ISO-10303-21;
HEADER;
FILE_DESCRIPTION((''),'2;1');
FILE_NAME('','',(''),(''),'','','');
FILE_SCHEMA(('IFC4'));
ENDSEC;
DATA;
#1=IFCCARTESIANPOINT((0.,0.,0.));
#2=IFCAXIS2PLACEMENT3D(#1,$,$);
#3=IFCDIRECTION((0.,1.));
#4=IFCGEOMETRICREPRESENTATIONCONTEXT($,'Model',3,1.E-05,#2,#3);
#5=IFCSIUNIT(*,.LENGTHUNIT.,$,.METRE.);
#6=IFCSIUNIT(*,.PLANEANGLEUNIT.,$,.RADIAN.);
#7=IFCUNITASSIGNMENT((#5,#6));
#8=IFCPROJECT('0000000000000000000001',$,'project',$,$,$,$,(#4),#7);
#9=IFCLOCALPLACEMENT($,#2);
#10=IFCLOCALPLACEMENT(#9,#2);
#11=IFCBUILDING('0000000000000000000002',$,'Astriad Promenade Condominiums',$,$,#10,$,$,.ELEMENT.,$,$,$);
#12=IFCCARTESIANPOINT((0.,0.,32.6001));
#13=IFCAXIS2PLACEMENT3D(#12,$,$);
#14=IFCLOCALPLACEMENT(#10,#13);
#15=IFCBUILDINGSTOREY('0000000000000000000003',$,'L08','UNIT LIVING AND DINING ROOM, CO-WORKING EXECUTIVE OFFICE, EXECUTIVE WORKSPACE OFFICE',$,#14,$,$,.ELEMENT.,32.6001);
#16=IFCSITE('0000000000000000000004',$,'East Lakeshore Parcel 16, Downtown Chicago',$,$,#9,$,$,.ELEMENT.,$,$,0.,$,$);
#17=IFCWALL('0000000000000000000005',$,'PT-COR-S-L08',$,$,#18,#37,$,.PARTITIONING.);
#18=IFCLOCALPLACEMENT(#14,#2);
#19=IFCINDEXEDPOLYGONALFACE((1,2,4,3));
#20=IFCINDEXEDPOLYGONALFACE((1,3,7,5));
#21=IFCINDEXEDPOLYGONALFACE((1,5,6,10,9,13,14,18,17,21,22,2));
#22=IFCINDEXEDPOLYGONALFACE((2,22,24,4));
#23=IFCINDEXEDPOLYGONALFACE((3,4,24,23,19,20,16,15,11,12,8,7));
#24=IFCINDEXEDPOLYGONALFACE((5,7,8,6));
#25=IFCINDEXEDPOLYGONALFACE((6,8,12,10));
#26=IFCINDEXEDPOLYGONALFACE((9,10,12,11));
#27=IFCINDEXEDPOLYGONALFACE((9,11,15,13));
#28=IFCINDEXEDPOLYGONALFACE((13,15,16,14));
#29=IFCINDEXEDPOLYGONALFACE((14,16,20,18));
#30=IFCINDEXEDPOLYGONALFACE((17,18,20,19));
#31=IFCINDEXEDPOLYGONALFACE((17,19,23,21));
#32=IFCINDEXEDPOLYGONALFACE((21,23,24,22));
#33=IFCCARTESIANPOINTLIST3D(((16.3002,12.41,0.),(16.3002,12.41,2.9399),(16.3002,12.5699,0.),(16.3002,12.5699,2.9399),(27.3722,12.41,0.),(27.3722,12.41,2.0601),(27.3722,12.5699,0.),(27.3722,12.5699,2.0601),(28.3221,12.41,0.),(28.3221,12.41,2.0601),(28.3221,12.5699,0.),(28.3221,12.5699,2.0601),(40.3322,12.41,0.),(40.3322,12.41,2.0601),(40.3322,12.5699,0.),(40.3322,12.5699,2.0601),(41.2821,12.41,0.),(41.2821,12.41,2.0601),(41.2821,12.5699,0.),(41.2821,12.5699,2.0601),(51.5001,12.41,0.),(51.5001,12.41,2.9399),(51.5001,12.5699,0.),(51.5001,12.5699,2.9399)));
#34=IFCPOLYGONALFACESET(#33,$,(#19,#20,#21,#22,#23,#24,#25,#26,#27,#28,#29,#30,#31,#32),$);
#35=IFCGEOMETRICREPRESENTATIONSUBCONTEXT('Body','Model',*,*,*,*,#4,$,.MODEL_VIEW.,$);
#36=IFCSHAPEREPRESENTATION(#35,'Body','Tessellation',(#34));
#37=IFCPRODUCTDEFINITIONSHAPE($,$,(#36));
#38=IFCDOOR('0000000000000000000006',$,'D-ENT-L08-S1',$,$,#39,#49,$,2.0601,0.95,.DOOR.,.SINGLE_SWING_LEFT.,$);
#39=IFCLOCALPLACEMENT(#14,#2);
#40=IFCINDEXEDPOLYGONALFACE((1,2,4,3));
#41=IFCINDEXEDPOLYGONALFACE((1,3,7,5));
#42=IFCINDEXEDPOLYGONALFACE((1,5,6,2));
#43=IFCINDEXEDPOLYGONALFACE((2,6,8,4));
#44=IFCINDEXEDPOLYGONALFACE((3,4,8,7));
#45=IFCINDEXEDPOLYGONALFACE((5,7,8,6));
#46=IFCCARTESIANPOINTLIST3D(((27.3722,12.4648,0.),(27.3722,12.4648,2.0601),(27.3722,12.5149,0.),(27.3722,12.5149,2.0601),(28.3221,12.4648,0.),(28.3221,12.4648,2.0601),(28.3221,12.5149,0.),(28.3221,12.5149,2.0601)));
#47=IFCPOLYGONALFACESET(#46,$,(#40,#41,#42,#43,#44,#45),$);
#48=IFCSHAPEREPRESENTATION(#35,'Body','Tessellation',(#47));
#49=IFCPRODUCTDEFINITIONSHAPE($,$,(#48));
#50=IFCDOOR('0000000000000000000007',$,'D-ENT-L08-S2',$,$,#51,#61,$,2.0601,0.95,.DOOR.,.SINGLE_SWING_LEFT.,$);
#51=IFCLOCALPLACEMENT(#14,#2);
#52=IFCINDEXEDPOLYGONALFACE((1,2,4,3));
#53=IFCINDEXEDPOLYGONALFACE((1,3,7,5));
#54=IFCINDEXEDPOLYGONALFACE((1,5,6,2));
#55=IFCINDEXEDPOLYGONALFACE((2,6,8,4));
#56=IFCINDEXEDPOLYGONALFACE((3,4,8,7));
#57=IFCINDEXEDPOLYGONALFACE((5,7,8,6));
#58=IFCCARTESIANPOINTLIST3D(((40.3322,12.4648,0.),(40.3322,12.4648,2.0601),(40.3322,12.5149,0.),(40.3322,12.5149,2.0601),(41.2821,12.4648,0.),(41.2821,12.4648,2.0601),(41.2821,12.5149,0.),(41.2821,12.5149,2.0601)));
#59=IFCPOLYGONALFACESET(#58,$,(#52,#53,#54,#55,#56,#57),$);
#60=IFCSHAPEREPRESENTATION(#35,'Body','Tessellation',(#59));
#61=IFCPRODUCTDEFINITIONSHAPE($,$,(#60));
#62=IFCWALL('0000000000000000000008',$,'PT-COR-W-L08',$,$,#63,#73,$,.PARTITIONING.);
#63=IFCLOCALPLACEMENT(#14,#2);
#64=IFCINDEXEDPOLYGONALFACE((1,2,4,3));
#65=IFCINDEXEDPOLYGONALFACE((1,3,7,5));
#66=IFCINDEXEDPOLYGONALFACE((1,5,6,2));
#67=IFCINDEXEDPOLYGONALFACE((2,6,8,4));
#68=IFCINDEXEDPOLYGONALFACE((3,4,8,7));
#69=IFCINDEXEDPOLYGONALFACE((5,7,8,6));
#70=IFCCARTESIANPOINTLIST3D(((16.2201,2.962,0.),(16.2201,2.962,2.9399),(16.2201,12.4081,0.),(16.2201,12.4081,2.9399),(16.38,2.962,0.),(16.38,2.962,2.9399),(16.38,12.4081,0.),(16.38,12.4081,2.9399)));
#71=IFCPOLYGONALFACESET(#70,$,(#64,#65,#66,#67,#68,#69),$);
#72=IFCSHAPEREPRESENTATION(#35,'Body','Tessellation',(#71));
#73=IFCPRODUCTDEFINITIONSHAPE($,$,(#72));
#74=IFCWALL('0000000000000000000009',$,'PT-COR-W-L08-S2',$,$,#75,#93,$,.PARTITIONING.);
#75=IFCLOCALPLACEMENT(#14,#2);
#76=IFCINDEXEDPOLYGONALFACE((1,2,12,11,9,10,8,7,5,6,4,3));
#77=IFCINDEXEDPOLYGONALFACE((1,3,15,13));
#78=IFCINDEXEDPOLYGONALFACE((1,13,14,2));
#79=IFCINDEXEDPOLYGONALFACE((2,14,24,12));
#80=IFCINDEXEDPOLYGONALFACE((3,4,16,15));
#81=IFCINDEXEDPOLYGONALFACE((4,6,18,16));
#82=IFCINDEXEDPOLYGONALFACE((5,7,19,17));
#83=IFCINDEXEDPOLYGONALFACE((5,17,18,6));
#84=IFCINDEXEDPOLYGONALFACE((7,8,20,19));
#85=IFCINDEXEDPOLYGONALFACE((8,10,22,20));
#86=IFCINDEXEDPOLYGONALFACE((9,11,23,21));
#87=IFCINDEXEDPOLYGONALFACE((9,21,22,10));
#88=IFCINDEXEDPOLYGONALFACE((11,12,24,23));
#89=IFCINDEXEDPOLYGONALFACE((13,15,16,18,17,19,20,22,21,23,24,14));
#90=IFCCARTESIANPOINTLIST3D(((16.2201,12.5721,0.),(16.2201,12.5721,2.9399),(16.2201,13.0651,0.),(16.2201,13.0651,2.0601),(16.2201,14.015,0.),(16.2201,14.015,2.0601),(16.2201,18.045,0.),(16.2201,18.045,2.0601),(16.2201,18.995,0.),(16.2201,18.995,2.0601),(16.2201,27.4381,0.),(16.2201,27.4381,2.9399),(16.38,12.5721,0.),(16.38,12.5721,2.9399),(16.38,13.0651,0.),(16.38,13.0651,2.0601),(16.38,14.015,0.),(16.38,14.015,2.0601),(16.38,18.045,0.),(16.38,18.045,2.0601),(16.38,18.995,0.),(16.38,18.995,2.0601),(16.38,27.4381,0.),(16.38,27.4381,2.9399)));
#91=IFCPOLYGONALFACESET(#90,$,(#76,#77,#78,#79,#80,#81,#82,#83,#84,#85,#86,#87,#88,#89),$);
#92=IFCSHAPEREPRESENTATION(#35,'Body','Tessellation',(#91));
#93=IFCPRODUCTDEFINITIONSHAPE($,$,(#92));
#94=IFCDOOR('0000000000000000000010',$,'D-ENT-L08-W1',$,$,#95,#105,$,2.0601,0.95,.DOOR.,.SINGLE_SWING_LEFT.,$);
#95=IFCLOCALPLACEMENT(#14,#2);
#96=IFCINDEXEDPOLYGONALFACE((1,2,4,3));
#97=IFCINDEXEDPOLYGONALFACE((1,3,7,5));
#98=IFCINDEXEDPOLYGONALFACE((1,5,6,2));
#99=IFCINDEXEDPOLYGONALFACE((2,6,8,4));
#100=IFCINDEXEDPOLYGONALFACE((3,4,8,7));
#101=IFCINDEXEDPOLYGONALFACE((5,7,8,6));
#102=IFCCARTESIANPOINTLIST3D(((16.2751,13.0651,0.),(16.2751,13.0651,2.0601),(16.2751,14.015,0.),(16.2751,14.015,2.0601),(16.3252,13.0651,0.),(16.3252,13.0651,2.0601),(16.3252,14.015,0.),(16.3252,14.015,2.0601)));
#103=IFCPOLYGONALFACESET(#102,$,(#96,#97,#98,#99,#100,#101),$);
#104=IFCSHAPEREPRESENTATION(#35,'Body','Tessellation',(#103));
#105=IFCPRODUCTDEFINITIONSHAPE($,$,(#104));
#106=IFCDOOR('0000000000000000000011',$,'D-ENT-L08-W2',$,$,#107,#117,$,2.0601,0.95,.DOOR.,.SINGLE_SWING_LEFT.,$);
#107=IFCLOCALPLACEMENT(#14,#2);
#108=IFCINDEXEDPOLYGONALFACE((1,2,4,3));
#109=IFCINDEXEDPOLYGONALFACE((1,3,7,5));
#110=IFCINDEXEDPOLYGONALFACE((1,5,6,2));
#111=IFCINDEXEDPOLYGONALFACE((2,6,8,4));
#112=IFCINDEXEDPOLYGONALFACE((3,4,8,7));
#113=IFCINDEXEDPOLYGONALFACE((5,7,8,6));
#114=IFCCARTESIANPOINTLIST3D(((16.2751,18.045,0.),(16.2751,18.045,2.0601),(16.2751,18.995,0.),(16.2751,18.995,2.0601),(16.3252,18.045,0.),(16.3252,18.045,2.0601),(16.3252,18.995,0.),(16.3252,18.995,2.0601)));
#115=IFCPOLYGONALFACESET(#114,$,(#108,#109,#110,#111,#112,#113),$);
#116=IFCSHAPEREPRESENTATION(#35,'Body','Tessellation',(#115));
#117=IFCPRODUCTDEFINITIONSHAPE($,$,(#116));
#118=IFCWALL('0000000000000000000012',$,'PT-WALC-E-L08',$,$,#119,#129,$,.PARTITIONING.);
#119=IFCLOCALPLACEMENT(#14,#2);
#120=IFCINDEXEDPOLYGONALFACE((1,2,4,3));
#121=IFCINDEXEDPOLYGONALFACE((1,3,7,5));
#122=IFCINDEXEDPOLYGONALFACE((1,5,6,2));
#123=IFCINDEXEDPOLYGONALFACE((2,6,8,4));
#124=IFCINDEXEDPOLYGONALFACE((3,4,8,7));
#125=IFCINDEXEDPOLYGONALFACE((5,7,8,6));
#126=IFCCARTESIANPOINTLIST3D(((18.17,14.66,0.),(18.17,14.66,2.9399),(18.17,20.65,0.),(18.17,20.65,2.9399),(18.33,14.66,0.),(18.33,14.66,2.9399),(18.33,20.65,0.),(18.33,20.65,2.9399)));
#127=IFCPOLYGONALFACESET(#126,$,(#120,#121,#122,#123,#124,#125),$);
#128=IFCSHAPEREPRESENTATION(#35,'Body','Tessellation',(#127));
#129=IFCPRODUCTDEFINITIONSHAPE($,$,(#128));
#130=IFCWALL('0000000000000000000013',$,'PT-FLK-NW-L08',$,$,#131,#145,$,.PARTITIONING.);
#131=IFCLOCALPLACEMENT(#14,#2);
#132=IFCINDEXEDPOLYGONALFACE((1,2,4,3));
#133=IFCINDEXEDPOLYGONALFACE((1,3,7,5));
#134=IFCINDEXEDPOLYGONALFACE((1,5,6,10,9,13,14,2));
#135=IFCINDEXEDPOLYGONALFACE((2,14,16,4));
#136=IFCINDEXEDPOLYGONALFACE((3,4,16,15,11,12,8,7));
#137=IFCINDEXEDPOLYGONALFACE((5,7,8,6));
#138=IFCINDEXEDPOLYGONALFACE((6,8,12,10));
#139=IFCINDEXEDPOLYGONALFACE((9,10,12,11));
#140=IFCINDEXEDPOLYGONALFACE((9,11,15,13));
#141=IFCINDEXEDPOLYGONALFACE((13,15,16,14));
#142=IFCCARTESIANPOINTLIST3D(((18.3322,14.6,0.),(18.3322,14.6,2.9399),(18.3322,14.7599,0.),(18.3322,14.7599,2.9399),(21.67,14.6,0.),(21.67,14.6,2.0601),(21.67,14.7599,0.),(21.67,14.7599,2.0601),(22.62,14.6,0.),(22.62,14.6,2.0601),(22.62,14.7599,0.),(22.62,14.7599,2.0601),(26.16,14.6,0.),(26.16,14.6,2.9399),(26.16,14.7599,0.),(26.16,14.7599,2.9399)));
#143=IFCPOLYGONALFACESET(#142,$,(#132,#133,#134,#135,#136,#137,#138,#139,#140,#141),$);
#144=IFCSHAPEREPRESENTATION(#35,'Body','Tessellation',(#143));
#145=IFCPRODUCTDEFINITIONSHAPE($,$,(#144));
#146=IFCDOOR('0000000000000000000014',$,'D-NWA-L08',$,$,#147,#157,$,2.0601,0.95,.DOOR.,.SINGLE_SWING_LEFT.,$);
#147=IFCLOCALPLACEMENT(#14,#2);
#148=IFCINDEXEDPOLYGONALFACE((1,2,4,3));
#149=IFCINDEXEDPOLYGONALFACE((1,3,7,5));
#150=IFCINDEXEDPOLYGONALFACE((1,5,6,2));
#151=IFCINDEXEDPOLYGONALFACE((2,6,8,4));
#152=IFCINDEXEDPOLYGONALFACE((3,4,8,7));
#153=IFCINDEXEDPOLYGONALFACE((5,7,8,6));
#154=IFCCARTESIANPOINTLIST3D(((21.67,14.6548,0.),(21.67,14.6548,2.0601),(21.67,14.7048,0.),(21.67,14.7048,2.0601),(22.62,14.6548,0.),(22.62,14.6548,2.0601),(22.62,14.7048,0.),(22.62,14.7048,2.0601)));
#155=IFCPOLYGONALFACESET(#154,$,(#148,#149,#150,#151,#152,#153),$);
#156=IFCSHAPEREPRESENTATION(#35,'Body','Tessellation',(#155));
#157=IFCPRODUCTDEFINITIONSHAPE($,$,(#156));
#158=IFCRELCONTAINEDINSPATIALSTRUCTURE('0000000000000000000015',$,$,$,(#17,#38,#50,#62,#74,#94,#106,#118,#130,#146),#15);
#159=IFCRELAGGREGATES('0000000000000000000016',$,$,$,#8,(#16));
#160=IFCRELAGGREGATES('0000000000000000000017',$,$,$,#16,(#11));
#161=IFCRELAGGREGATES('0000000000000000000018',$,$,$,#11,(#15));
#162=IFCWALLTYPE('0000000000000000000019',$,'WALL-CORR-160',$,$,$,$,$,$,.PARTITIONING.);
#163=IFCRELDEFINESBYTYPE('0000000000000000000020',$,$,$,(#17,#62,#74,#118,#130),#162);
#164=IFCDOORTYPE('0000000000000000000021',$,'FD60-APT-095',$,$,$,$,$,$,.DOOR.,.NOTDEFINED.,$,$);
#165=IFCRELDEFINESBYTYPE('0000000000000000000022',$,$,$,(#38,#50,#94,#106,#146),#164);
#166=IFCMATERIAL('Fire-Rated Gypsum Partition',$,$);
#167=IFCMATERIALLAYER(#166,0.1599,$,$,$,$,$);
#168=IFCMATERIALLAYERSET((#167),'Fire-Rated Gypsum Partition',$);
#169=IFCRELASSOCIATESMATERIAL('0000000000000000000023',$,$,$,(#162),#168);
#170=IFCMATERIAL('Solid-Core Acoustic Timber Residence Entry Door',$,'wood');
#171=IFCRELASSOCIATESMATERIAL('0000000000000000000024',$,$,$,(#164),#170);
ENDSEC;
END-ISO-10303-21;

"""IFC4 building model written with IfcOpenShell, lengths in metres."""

from ifc_helpers import new_model, si_unit, direction, frame, frame_2d, origin, place, context, subcontext, project, spatial, rectangle, extrude, source, transform, mapped, material, layer, layer_set, type_object, type_shapes, element, fill, save


model = new_model("IFC4")

# Units and contexts
model_context = context("Model", 3, precision=1e-05, world=origin(), true_north=direction((0.0, 1.0)))
body_context = subcontext(model_context, "Body", "Model", "MODEL_VIEW")
ifc_project = project(units=[si_unit("LENGTHUNIT", "METRE"), si_unit("PLANEANGLEUNIT", "RADIAN")], contexts=[model_context])

# Site, building, storey
site_placement = place(None, origin())
site = spatial("IfcSite", under=ifc_project, at=site_placement, Name="East Lakeshore Parcel 16, Downtown Chicago", CompositionType="ELEMENT", RefElevation=0.0)
building_placement = place(site_placement, origin())
building = spatial("IfcBuilding", under=site, at=building_placement, Name="Astriad Promenade Condominiums", CompositionType="ELEMENT")
storey_placement = place(building_placement, frame((0.0, 0.0, 32.6001)))
storey = spatial("IfcBuildingStorey", under=building, at=storey_placement, Name="L08", Description="UNIT LIVING AND DINING ROOM, CO-WORKING EXECUTIVE OFFICE, EXECUTIVE WORKSPACE OFFICE", CompositionType="ELEMENT", Elevation=32.6001)

# Wall, openings, doors
ifc_material_1 = material(Name="Fire-Rated Gypsum Partition")
ifc_layer_1 = layer(ifc_material_1, 0.1599)
ifc_layer_set_1 = layer_set([ifc_layer_1], Name="Fire-Rated Gypsum Partition")
wall_type_1 = type_object("IfcWallType", Name="WALL-CORR-160", PredefinedType="PARTITIONING", material=ifc_layer_set_1)
wall_1_placement = place(storey_placement, frame((16.3, 12.49, 0.0), z_axis=(0.0, 0.0, 1.0), x_axis=(1.0, 0.0, 0.0)))
wall_1 = element("IfcWall", 1, at=wall_1_placement, inside=storey, type_object=wall_type_1, Name="PT-COR-S-L08", PredefinedType="PARTITIONING", context=body_context, shape_type="SweptSolid", body=[
    extrude(rectangle(XDim=35.2, YDim=0.1599, at=frame_2d((17.6001, 0.0))), origin(), (0.0, 0.0, 1.0), 2.9399),
])
opening_1_placement = place(wall_1_placement, frame((11.072, 0.0, 0.0)))
opening_1 = element("IfcOpeningElement", 2, at=opening_1_placement, cuts=wall_1, PredefinedType="OPENING", context=body_context, shape_type="SweptSolid", body=[
    extrude(rectangle(XDim=0.95, YDim=2.0601, at=frame_2d((0.4751, 1.03))), frame((0.0, 0.0898, 0.0), z_axis=(0.0, -1.0, 0.0), x_axis=(1.0, 0.0, 0.0)), (0.0, 0.0, 1.0), 0.1799),
])
opening_2_placement = place(wall_1_placement, frame((24.032, 0.0, 0.0)))
opening_2 = element("IfcOpeningElement", 3, at=opening_2_placement, cuts=wall_1, PredefinedType="OPENING", context=body_context, shape_type="SweptSolid", body=[
    extrude(rectangle(XDim=0.95, YDim=2.0601, at=frame_2d((0.4751, 1.03))), frame((0.0, 0.0898, 0.0), z_axis=(0.0, -1.0, 0.0), x_axis=(1.0, 0.0, 0.0)), (0.0, 0.0, 1.0), 0.1799),
])
ifc_material_2 = material(Name="Solid-Core Acoustic Timber Residence Entry Door", Category="wood")
door_type_1 = type_object("IfcDoorType", Name="FD60-APT-095", OperationType="NOTDEFINED", PredefinedType="DOOR", material=ifc_material_2)
shared_shape_1 = source(origin(), body_context, "Body", "SweptSolid", [
    extrude(rectangle(XDim=0.95, YDim=2.0601, at=frame_2d((0.4751, 1.03))), frame((0.0, 0.0249, 0.0), z_axis=(0.0, -1.0, 0.0), x_axis=(1.0, 0.0, 0.0)), (0.0, 0.0, 1.0), 0.05),
])
type_shapes(door_type_1, [shared_shape_1])
door_1_placement = place(opening_1_placement, origin())
door_1 = element("IfcDoor", 4, at=door_1_placement, inside=storey, type_object=door_type_1, Name="D-ENT-L08-S1", OperationType="SINGLE_SWING_LEFT", OverallHeight=2.0601, OverallWidth=0.95, PredefinedType="DOOR", context=body_context, shape_type="MappedRepresentation", body=[
    mapped(shared_shape_1, transform((0.0, 0.0, 0.0), scale=1.0)),
])
fill(opening_1, door_1)
door_2_placement = place(opening_2_placement, origin())
door_2 = element("IfcDoor", 5, at=door_2_placement, inside=storey, type_object=door_type_1, Name="D-ENT-L08-S2", OperationType="SINGLE_SWING_LEFT", OverallHeight=2.0601, OverallWidth=0.95, PredefinedType="DOOR", context=body_context, shape_type="MappedRepresentation", body=[
    mapped(shared_shape_1, transform((0.0, 0.0, 0.0), scale=1.0)),
])
fill(opening_2, door_2)

# Wall
wall_2_placement = place(storey_placement, frame((16.3, 2.9619, 0.0), z_axis=(0.0, 0.0, 1.0), x_axis=(0.0, 1.0, 0.0)))
element("IfcWall", 6, at=wall_2_placement, inside=storey, type_object=wall_type_1, Name="PT-COR-W-L08", PredefinedType="PARTITIONING", context=body_context, shape_type="SweptSolid", body=[
    extrude(rectangle(XDim=9.446, YDim=0.1599, at=frame_2d((4.7231, 0.0))), origin(), (0.0, 0.0, 1.0), 2.9399),
])

# Wall, openings, doors
wall_3_placement = place(storey_placement, frame((16.3, 12.572, 0.0), z_axis=(0.0, 0.0, 1.0), x_axis=(0.0, 1.0, 0.0)))
wall_3 = element("IfcWall", 7, at=wall_3_placement, inside=storey, type_object=wall_type_1, Name="PT-COR-W-L08-S2", PredefinedType="PARTITIONING", context=body_context, shape_type="SweptSolid", body=[
    extrude(rectangle(XDim=14.866, YDim=0.1599, at=frame_2d((7.4331, 0.0))), origin(), (0.0, 0.0, 1.0), 2.9399),
])
opening_3_placement = place(wall_3_placement, frame((0.4929, 0.0, 0.0)))
opening_3 = element("IfcOpeningElement", 8, at=opening_3_placement, cuts=wall_3, PredefinedType="OPENING", context=body_context, shape_type="SweptSolid", body=[
    extrude(rectangle(XDim=0.95, YDim=2.0601, at=frame_2d((0.4751, 1.03))), frame((0.0, 0.0898, 0.0), z_axis=(0.0, -1.0, 0.0), x_axis=(1.0, 0.0, 0.0)), (0.0, 0.0, 1.0), 0.1799),
])
opening_4_placement = place(wall_3_placement, frame((5.4729, 0.0, 0.0)))
opening_4 = element("IfcOpeningElement", 9, at=opening_4_placement, cuts=wall_3, PredefinedType="OPENING", context=body_context, shape_type="SweptSolid", body=[
    extrude(rectangle(XDim=0.95, YDim=2.0601, at=frame_2d((0.4751, 1.03))), frame((0.0, 0.0898, 0.0), z_axis=(0.0, -1.0, 0.0), x_axis=(1.0, 0.0, 0.0)), (0.0, 0.0, 1.0), 0.1799),
])
door_3_placement = place(opening_3_placement, origin())
door_3 = element("IfcDoor", 10, at=door_3_placement, inside=storey, type_object=door_type_1, Name="D-ENT-L08-W1", OperationType="SINGLE_SWING_LEFT", OverallHeight=2.0601, OverallWidth=0.95, PredefinedType="DOOR", context=body_context, shape_type="MappedRepresentation", body=[
    mapped(shared_shape_1, transform((0.0, 0.0, 0.0), scale=1.0)),
])
fill(opening_3, door_3)
door_4_placement = place(opening_4_placement, origin())
door_4 = element("IfcDoor", 11, at=door_4_placement, inside=storey, type_object=door_type_1, Name="D-ENT-L08-W2", OperationType="SINGLE_SWING_LEFT", OverallHeight=2.0601, OverallWidth=0.95, PredefinedType="DOOR", context=body_context, shape_type="MappedRepresentation", body=[
    mapped(shared_shape_1, transform((0.0, 0.0, 0.0), scale=1.0)),
])
fill(opening_4, door_4)

# Wall
wall_4_placement = place(storey_placement, frame((18.25, 14.6599, 0.0), z_axis=(0.0, 0.0, 1.0), x_axis=(0.0, 1.0, 0.0)))
element("IfcWall", 12, at=wall_4_placement, inside=storey, type_object=wall_type_1, Name="PT-WALC-E-L08", PredefinedType="PARTITIONING", context=body_context, shape_type="SweptSolid", body=[
    extrude(rectangle(XDim=5.99, YDim=0.1599, at=frame_2d((2.9951, 0.0))), origin(), (0.0, 0.0, 1.0), 2.9399),
])

# Wall, opening, door
wall_5_placement = place(storey_placement, frame((18.332, 14.6799, 0.0), z_axis=(0.0, 0.0, 1.0), x_axis=(1.0, 0.0, 0.0)))
wall_5 = element("IfcWall", 13, at=wall_5_placement, inside=storey, type_object=wall_type_1, Name="PT-FLK-NW-L08", PredefinedType="PARTITIONING", context=body_context, shape_type="SweptSolid", body=[
    extrude(rectangle(XDim=7.8279, YDim=0.1599, at=frame_2d((3.9141, 0.0))), origin(), (0.0, 0.0, 1.0), 2.9399),
])
opening_5_placement = place(wall_5_placement, frame((3.3379, 0.0, 0.0)))
opening_5 = element("IfcOpeningElement", 14, at=opening_5_placement, cuts=wall_5, PredefinedType="OPENING", context=body_context, shape_type="SweptSolid", body=[
    extrude(rectangle(XDim=0.95, YDim=2.0601, at=frame_2d((0.4751, 1.03))), frame((0.0, 0.0898, 0.0), z_axis=(0.0, -1.0, 0.0), x_axis=(1.0, 0.0, 0.0)), (0.0, 0.0, 1.0), 0.1799),
])
door_5_placement = place(opening_5_placement, origin())
door_5 = element("IfcDoor", 15, at=door_5_placement, inside=storey, type_object=door_type_1, Name="D-NWA-L08", OperationType="SINGLE_SWING_LEFT", OverallHeight=2.0601, OverallWidth=0.95, PredefinedType="DOOR", context=body_context, shape_type="MappedRepresentation", body=[
    mapped(shared_shape_1, transform((0.0, 0.0, 0.0), scale=1.0)),
])
fill(opening_5, door_5)

save(model, "model.ifc")
